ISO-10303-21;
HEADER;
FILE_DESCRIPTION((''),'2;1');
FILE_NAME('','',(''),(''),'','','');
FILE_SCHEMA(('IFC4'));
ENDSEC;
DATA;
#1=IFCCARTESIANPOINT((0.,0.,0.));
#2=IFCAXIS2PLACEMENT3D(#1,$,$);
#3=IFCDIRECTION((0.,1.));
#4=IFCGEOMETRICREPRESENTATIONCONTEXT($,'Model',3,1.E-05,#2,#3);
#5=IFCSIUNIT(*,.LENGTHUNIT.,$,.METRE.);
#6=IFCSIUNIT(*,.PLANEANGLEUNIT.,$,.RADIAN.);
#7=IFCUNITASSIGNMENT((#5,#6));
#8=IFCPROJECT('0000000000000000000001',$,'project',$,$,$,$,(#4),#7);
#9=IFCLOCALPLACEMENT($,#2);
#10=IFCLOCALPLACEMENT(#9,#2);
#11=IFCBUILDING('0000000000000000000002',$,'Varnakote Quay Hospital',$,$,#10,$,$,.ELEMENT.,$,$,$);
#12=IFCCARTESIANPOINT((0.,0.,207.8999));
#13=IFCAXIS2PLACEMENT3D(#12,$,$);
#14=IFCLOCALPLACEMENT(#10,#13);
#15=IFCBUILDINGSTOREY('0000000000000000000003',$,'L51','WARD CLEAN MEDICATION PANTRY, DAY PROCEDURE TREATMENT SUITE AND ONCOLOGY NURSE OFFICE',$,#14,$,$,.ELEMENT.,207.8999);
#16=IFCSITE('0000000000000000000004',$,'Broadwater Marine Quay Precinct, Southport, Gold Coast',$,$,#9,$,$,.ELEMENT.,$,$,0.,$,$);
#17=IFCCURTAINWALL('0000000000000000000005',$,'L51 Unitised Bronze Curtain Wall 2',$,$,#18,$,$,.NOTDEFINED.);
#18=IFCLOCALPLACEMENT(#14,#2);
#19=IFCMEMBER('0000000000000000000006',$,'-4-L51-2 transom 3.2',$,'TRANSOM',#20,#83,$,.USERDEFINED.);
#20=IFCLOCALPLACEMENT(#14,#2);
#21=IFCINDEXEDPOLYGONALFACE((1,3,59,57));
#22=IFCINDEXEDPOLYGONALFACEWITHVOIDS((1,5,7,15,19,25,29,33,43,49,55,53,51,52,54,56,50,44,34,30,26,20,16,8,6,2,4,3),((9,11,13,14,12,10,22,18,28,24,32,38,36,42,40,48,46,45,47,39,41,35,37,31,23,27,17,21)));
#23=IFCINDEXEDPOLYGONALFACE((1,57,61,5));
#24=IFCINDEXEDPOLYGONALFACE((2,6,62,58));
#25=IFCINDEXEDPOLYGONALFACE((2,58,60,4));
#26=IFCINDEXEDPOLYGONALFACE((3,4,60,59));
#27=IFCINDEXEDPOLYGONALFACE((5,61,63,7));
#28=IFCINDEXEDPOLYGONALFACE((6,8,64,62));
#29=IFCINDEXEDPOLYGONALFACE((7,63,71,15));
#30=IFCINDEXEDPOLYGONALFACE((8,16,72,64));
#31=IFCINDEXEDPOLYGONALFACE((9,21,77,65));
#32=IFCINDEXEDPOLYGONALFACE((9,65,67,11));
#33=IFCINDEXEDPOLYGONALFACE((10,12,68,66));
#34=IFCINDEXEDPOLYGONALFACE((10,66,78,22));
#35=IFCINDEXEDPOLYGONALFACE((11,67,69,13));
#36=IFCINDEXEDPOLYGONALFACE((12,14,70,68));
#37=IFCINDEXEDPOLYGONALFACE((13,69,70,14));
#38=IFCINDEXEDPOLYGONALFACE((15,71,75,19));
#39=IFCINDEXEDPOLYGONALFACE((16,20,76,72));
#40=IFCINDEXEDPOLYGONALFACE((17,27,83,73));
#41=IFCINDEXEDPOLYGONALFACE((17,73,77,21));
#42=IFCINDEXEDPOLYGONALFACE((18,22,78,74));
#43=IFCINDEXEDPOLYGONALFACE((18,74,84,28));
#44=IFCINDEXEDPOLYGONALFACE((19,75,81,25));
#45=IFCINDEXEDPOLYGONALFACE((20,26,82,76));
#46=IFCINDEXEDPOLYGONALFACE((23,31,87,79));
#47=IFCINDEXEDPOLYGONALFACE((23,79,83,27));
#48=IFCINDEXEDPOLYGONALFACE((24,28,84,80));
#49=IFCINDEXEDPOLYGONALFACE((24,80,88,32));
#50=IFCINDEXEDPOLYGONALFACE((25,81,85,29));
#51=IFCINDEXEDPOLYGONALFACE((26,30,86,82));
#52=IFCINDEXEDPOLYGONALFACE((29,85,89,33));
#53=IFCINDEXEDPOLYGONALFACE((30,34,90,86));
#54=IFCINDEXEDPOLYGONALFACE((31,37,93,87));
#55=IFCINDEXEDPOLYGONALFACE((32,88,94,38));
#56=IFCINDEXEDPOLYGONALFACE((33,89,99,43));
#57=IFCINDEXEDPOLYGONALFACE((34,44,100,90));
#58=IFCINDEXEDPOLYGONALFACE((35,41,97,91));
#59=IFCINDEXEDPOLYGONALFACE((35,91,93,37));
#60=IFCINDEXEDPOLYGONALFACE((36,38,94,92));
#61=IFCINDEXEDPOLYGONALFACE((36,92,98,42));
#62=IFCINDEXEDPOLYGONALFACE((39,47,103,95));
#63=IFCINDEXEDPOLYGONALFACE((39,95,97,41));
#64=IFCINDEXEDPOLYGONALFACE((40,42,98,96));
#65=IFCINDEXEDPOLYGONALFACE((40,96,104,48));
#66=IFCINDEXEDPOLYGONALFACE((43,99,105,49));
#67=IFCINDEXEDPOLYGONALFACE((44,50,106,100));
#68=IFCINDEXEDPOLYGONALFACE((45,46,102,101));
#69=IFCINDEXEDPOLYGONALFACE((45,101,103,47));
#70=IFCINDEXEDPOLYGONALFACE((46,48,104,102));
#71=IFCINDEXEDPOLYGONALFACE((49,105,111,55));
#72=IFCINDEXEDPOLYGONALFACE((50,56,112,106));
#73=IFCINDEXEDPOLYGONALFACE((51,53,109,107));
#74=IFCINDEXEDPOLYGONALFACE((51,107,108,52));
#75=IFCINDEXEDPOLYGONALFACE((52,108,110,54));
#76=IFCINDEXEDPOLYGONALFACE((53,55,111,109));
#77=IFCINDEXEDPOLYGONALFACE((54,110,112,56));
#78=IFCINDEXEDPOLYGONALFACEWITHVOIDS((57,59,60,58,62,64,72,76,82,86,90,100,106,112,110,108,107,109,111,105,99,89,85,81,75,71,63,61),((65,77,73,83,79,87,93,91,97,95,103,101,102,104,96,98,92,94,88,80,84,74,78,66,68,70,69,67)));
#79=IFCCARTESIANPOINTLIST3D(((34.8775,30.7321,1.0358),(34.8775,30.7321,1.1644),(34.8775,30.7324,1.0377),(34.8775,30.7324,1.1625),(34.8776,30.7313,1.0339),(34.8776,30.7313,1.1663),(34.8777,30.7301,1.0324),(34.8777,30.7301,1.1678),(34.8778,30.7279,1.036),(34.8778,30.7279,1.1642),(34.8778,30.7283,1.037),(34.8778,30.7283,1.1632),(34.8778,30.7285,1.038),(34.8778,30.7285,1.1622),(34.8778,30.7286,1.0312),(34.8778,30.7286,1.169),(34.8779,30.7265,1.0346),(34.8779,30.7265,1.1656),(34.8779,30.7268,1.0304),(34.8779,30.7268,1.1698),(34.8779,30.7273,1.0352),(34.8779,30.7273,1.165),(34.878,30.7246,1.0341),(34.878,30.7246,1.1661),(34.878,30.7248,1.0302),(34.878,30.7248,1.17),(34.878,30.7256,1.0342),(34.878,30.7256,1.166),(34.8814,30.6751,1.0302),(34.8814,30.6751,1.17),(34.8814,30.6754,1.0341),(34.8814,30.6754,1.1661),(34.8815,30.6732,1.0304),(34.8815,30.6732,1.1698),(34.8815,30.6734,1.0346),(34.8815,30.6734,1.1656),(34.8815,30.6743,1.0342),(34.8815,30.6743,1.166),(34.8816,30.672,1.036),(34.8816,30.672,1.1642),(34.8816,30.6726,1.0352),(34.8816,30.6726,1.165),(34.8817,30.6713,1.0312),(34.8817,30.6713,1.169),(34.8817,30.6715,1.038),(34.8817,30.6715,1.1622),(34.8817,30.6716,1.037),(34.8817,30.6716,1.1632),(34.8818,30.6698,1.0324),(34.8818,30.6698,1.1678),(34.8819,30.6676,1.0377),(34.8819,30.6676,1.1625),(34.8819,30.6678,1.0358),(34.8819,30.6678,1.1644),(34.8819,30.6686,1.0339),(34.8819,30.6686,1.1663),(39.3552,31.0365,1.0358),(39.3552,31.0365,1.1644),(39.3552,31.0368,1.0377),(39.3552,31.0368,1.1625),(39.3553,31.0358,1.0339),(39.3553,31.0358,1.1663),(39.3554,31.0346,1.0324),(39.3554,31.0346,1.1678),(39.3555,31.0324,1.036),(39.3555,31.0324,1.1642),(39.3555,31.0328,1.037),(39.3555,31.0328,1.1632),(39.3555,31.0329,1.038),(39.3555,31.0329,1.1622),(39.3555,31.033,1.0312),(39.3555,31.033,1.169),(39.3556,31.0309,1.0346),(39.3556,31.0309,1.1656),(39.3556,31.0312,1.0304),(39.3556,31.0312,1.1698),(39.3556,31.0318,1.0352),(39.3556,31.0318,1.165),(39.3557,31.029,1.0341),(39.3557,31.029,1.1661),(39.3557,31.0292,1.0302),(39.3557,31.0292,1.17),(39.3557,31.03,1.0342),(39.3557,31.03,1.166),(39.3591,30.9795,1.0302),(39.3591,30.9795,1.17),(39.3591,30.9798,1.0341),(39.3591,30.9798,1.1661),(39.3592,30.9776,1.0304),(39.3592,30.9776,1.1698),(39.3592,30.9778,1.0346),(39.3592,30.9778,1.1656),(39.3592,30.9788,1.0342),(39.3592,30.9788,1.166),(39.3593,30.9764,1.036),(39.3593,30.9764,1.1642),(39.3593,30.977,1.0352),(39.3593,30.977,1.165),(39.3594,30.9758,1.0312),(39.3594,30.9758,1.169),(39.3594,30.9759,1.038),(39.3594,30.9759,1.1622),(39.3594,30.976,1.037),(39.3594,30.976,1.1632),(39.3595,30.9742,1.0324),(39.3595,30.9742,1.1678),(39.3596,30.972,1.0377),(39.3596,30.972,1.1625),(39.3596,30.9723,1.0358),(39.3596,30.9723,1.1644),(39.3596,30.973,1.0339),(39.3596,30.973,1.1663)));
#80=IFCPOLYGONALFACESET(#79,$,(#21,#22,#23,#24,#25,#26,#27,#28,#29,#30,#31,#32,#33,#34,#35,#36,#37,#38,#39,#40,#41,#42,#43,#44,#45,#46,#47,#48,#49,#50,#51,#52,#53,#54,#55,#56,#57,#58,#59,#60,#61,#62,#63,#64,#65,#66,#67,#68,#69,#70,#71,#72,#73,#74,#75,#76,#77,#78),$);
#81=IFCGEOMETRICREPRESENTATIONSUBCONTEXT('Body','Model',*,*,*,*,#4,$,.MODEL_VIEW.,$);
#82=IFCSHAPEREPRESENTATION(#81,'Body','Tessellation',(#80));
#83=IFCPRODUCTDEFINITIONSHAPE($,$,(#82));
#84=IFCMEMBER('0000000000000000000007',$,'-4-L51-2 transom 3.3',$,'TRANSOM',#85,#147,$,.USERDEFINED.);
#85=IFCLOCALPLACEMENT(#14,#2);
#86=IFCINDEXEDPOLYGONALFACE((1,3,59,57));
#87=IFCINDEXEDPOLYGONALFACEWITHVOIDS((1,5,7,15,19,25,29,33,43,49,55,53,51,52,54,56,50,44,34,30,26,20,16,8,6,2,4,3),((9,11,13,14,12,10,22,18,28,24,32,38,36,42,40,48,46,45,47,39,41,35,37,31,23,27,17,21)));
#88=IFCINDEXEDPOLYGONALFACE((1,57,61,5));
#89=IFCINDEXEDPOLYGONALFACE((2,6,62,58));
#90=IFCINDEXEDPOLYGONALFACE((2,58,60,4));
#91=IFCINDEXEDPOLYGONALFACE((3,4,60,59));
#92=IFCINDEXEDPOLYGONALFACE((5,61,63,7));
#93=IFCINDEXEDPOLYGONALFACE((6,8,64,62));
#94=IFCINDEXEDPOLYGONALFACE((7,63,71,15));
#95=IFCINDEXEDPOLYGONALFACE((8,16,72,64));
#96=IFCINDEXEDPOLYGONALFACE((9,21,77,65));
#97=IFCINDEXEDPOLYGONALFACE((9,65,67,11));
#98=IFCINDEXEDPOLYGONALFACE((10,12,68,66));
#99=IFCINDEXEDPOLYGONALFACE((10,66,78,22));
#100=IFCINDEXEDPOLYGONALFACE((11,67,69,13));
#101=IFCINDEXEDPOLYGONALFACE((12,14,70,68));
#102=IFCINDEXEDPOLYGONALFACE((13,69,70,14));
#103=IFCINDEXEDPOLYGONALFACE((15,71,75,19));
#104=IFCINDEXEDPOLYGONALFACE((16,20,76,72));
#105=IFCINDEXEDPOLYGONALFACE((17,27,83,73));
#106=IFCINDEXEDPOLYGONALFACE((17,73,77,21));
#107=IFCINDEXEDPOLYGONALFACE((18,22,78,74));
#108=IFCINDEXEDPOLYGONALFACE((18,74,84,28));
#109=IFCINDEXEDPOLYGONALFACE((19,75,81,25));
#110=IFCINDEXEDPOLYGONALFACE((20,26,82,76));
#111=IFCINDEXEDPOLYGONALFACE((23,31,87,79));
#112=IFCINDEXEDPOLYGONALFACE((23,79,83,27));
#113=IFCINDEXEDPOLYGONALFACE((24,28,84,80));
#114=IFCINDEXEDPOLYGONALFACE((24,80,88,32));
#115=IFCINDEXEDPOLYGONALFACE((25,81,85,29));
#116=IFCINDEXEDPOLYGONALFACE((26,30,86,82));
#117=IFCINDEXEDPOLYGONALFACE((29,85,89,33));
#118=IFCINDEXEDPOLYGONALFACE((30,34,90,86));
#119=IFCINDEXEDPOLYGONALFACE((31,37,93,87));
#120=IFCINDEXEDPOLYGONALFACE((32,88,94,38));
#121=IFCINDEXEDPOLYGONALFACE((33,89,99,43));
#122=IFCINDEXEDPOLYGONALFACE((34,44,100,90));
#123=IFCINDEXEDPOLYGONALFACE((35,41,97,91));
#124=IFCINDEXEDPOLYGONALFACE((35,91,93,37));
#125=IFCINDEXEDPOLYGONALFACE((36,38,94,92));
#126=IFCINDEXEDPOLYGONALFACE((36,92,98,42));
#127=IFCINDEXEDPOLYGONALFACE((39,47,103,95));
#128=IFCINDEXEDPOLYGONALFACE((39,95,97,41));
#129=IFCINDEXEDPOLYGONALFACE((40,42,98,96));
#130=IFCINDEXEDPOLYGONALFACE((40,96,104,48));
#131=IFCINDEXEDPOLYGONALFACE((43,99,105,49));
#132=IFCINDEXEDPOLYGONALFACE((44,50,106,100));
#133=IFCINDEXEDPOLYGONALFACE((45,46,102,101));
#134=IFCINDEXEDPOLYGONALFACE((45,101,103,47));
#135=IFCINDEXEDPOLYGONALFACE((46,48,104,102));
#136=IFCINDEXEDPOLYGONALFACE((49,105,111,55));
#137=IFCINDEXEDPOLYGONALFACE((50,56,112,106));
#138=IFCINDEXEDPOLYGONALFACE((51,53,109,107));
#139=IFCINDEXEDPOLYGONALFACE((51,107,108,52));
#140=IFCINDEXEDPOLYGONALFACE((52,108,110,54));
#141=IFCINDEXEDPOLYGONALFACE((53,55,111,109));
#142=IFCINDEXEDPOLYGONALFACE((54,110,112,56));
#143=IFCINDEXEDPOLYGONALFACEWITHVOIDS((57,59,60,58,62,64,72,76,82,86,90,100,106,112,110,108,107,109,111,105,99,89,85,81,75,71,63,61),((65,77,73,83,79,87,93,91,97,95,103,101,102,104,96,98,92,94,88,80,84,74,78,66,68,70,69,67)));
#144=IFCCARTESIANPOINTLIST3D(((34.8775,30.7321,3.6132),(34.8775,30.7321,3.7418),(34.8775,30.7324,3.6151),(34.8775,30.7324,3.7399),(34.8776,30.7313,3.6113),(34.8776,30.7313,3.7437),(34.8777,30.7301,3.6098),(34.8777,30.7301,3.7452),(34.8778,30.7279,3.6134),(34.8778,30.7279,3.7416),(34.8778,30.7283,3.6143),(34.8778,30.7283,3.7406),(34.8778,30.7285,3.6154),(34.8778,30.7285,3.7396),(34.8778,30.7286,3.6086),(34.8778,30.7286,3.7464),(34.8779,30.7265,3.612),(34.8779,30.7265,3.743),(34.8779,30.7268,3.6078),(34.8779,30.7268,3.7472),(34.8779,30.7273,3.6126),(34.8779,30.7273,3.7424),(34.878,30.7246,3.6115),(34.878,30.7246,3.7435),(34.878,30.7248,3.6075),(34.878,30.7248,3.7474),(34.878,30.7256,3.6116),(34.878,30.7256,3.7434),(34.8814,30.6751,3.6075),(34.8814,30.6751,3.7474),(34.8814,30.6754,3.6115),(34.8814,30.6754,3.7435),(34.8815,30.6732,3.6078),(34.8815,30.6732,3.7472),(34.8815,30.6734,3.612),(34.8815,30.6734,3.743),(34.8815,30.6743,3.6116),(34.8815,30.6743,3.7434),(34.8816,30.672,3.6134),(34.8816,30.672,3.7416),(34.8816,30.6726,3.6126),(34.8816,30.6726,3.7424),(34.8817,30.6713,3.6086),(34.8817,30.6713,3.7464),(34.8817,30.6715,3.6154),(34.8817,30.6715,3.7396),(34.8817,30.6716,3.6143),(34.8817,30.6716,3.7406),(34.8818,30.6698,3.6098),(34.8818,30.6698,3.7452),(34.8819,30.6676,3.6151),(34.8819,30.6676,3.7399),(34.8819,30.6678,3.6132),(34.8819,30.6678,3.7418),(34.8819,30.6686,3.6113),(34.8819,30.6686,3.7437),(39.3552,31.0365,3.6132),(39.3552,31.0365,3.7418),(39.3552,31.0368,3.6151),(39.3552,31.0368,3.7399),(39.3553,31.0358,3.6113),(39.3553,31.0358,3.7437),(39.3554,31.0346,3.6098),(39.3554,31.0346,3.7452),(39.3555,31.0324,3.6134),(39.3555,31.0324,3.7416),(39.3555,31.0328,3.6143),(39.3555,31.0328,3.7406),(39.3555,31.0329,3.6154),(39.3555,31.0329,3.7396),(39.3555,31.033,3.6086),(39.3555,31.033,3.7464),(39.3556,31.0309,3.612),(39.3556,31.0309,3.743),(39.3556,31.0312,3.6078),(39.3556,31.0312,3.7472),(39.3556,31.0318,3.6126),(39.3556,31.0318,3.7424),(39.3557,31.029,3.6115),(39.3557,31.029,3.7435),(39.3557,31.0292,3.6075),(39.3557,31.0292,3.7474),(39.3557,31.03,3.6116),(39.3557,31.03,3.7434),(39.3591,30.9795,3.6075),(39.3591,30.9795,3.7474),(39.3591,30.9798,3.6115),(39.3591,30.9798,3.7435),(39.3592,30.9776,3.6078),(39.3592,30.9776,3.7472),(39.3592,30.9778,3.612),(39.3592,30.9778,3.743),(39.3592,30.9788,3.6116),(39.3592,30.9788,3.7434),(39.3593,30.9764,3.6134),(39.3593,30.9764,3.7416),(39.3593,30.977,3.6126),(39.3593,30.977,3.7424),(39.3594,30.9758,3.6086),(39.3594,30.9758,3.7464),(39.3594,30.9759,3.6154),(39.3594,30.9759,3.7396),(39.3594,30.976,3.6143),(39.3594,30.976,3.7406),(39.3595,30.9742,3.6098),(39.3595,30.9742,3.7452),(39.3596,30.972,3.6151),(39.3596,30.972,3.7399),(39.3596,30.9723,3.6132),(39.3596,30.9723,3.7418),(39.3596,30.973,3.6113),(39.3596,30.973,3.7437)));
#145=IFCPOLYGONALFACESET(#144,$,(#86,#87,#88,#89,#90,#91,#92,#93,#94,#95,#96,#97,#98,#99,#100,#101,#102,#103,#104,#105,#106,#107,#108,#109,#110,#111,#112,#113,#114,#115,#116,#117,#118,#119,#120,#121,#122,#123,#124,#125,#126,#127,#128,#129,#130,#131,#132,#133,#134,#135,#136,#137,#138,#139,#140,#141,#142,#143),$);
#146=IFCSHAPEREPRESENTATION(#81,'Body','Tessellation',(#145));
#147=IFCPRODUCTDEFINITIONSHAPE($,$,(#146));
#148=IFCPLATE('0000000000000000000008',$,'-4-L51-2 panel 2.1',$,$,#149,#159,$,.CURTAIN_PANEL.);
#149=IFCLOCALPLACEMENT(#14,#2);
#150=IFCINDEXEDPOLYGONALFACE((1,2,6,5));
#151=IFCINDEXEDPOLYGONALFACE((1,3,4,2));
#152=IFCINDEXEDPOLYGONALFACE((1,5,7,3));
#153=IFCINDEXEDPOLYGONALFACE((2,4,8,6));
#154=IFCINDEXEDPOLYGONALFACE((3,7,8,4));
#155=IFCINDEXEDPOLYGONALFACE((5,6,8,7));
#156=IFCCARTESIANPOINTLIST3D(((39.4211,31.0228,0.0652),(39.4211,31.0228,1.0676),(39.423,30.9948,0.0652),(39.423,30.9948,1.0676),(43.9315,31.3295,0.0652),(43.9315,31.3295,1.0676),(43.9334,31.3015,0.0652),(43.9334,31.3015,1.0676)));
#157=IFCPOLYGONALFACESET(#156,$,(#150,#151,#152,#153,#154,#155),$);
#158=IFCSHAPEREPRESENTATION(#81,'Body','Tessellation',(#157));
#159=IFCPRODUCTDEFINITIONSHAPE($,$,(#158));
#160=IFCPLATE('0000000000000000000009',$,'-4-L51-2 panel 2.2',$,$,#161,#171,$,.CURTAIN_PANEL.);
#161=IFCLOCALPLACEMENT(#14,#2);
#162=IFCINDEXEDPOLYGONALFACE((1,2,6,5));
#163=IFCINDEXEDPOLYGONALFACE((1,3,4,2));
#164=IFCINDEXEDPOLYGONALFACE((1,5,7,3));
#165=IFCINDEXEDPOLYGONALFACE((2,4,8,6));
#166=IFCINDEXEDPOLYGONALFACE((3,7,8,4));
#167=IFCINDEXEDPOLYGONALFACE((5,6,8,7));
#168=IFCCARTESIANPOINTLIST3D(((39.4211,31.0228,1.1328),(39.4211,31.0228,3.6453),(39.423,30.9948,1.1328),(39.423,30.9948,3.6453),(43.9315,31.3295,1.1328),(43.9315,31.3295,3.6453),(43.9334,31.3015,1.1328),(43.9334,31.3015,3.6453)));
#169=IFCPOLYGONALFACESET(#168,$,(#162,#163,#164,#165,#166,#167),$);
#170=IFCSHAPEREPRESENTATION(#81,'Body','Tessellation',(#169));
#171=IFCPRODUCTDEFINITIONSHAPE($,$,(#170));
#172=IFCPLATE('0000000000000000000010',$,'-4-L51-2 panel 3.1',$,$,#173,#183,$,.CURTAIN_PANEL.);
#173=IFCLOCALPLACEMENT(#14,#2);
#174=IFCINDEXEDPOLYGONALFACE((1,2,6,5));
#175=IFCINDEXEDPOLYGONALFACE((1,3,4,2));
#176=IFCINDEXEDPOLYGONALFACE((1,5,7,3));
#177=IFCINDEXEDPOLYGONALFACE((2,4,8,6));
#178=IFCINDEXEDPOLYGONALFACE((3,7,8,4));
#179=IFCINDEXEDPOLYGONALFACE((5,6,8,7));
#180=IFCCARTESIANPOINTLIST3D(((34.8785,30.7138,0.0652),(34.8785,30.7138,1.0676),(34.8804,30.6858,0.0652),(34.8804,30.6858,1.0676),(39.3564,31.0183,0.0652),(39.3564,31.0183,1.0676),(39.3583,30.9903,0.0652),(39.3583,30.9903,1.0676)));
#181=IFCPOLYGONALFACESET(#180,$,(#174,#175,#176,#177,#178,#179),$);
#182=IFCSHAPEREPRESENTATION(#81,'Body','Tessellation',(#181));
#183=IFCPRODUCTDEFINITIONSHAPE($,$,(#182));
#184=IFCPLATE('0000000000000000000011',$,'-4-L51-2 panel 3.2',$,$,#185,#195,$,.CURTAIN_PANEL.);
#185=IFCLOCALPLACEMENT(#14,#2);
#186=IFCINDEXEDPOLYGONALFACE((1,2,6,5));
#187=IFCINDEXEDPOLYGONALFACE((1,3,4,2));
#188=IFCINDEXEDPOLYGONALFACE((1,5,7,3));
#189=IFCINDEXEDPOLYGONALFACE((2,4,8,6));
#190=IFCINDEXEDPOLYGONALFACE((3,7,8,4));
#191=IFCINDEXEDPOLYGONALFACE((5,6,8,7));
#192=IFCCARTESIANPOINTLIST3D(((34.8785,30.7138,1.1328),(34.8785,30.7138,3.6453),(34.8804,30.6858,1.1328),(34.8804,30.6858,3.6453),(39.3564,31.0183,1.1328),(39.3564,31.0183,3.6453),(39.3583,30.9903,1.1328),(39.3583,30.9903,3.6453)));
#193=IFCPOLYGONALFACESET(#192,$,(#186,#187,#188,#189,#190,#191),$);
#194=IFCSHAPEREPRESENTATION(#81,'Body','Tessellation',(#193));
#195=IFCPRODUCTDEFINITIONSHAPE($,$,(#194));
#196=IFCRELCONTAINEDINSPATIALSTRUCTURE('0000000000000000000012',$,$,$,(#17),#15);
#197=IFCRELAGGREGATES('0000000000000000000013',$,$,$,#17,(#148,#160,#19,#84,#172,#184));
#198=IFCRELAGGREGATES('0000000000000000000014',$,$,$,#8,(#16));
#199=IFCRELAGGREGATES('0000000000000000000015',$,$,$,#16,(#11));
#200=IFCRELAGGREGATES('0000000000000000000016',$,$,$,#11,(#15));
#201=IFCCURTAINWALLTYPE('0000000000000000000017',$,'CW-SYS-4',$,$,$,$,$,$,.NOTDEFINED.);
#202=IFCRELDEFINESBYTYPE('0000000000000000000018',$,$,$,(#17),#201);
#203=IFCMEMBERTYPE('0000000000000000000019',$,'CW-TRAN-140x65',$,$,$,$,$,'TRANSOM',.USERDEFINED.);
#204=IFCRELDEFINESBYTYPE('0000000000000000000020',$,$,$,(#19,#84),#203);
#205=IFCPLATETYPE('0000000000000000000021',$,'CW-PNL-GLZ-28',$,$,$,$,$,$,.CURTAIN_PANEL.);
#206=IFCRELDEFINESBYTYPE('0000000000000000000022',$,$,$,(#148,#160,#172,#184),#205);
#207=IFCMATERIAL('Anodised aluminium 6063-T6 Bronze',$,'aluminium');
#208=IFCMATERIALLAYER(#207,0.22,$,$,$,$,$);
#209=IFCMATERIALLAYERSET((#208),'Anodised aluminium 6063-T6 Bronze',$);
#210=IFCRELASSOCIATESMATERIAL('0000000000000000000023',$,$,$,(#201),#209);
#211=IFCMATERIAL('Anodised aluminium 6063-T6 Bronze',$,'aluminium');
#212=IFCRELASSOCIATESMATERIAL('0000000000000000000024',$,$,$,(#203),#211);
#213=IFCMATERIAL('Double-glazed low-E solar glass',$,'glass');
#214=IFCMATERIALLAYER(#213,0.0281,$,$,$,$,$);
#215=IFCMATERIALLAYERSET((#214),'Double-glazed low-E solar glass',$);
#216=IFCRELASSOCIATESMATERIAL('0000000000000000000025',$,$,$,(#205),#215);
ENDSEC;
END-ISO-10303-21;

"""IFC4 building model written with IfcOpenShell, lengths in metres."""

from ifc_helpers import new_model, si_unit, direction, frame, origin, origin_2d, place, context, subcontext, project, spatial, rectangle, hollow_rectangle, extrude, material, layer, layer_set, material_profile, profile_set, type_object, element, aggregate, save


model = new_model("IFC4")

# Units and contexts
model_context = context("Model", 3, precision=1e-05, world=origin(), true_north=direction((0.0, 1.0)))
body_context = subcontext(model_context, "Body", "Model", "MODEL_VIEW")
ifc_project = project(units=[si_unit("LENGTHUNIT", "METRE"), si_unit("PLANEANGLEUNIT", "RADIAN")], contexts=[model_context])

# Site, building, storey
site_placement = place(None, origin())
site = spatial("IfcSite", under=ifc_project, at=site_placement, Name="Broadwater Marine Quay Precinct, Southport, Gold Coast", CompositionType="ELEMENT", RefElevation=0.0)
building_placement = place(site_placement, origin())
building = spatial("IfcBuilding", under=site, at=building_placement, Name="Varnakote Quay Hospital", CompositionType="ELEMENT")
storey_placement = place(building_placement, frame((0.0, 0.0, 207.8999)))
storey = spatial("IfcBuildingStorey", under=building, at=storey_placement, Name="L51", Description="WARD CLEAN MEDICATION PANTRY, DAY PROCEDURE TREATMENT SUITE AND ONCOLOGY NURSE OFFICE", CompositionType="ELEMENT", Elevation=207.8999)

# Curtain wall, members, plates
ifc_material_1 = material(Name="Anodised aluminium 6063-T6 Bronze", Category="aluminium")
ifc_layer_1 = layer(ifc_material_1, 0.22)
ifc_layer_set_1 = layer_set([ifc_layer_1], Name="Anodised aluminium 6063-T6 Bronze")
curtain_wall_type = type_object("IfcCurtainWallType", Name="CW-SYS-4", PredefinedType="NOTDEFINED", material=ifc_layer_set_1)
curtain_wall_placement = place(storey_placement, origin())
curtain_wall = element("IfcCurtainWall", 1, at=curtain_wall_placement, inside=storey, type_object=curtain_wall_type, Name="L51 Unitised Bronze Curtain Wall 2", PredefinedType="NOTDEFINED")
ifc_material_2 = material(Name="Anodised aluminium 6063-T6 Bronze", Category="aluminium")
ifc_material_profile_1 = material_profile(ifc_material_2, hollow_rectangle(XDim=0.0649, YDim=0.1399, WallThickness=0.0039, InnerFilletRadius=0.0039, OuterFilletRadius=0.0076, at=origin_2d()), Name="CW-TRAN-140x65")
ifc_profile_set_1 = profile_set([ifc_material_profile_1], Name="Anodised aluminium 6063-T6 Bronze")
member_type_1 = type_object("IfcMemberType", Name="CW-TRAN-140x65", ElementType="TRANSOM", PredefinedType="USERDEFINED", material=ifc_profile_set_1)
member_1_placement = place(storey_placement, frame((39.3574, 31.0044, 1.1001), z_axis=(-0.997697, -0.067833, 0.0), x_axis=(0.067833, -0.997697, 0.0)))
member_1 = element("IfcMember", 2, at=member_1_placement, type_object=member_type_1, Name="-4-L51-2 transom 3.2", ObjectType="TRANSOM", PredefinedType="USERDEFINED", context=body_context, shape_type="SweptSolid", body=[
    extrude(hollow_rectangle(XDim=0.0649, YDim=0.1399, WallThickness=0.0039, InnerFilletRadius=0.0039, OuterFilletRadius=0.0076, at=origin_2d()), origin(), (0.0, 0.0, 1.0), 4.488),
])
member_2_placement = place(storey_placement, frame((39.3574, 31.0044, 3.6775), z_axis=(-0.997697, -0.067833, 0.0), x_axis=(0.067833, -0.997697, 0.0)))
member_2 = element("IfcMember", 3, at=member_2_placement, type_object=member_type_1, Name="-4-L51-2 transom 3.3", ObjectType="TRANSOM", PredefinedType="USERDEFINED", context=body_context, shape_type="SweptSolid", body=[
    extrude(hollow_rectangle(XDim=0.0649, YDim=0.1399, WallThickness=0.0039, InnerFilletRadius=0.0039, OuterFilletRadius=0.0076, at=origin_2d()), origin(), (0.0, 0.0, 1.0), 4.488),
])
ifc_material_3 = material(Name="Double-glazed low-E solar glass", Category="glass")
ifc_layer_2 = layer(ifc_material_3, 0.0281)
ifc_layer_set_2 = layer_set([ifc_layer_2], Name="Double-glazed low-E solar glass")
plate_type = type_object("IfcPlateType", Name="CW-PNL-GLZ-28", PredefinedType="CURTAIN_PANEL", material=ifc_layer_set_2)
plate_1_placement = place(storey_placement, frame((41.6772, 31.1621, 0.0652), z_axis=(0.0, 0.0, 1.0), x_axis=(-0.997696, -0.067842, 0.0)))
plate_1 = element("IfcPlate", 4, at=plate_1_placement, type_object=plate_type, Name="-4-L51-2 panel 2.1", PredefinedType="CURTAIN_PANEL", context=body_context, shape_type="SweptSolid", body=[
    extrude(rectangle(XDim=4.5208, YDim=0.0281, at=origin_2d()), origin(), (0.0, 0.0, 1.0), 1.0024),
])
plate_2_placement = place(storey_placement, frame((41.6772, 31.1621, 1.1328), z_axis=(0.0, 0.0, 1.0), x_axis=(-0.997696, -0.067842, 0.0)))
plate_2 = element("IfcPlate", 5, at=plate_2_placement, type_object=plate_type, Name="-4-L51-2 panel 2.2", PredefinedType="CURTAIN_PANEL", context=body_context, shape_type="SweptSolid", body=[
    extrude(rectangle(XDim=4.5208, YDim=0.0281, at=origin_2d()), origin(), (0.0, 0.0, 1.0), 2.5125),
])
plate_3_placement = place(storey_placement, frame((37.1184, 30.8521, 0.0652), z_axis=(0.0, 0.0, 1.0), x_axis=(-0.997696, -0.067842, 0.0)))
plate_3 = element("IfcPlate", 6, at=plate_3_placement, type_object=plate_type, Name="-4-L51-2 panel 3.1", PredefinedType="CURTAIN_PANEL", context=body_context, shape_type="SweptSolid", body=[
    extrude(rectangle(XDim=4.4883, YDim=0.0281, at=origin_2d()), origin(), (0.0, 0.0, 1.0), 1.0024),
])
plate_4_placement = place(storey_placement, frame((37.1184, 30.8521, 1.1328), z_axis=(0.0, 0.0, 1.0), x_axis=(-0.997696, -0.067842, 0.0)))
plate_4 = element("IfcPlate", 7, at=plate_4_placement, type_object=plate_type, Name="-4-L51-2 panel 3.2", PredefinedType="CURTAIN_PANEL", context=body_context, shape_type="SweptSolid", body=[
    extrude(rectangle(XDim=4.4883, YDim=0.0281, at=origin_2d()), origin(), (0.0, 0.0, 1.0), 2.5125),
])
aggregate(curtain_wall, [plate_1, plate_2, member_1, member_2, plate_3, plate_4])

save(model, "model.ifc")
